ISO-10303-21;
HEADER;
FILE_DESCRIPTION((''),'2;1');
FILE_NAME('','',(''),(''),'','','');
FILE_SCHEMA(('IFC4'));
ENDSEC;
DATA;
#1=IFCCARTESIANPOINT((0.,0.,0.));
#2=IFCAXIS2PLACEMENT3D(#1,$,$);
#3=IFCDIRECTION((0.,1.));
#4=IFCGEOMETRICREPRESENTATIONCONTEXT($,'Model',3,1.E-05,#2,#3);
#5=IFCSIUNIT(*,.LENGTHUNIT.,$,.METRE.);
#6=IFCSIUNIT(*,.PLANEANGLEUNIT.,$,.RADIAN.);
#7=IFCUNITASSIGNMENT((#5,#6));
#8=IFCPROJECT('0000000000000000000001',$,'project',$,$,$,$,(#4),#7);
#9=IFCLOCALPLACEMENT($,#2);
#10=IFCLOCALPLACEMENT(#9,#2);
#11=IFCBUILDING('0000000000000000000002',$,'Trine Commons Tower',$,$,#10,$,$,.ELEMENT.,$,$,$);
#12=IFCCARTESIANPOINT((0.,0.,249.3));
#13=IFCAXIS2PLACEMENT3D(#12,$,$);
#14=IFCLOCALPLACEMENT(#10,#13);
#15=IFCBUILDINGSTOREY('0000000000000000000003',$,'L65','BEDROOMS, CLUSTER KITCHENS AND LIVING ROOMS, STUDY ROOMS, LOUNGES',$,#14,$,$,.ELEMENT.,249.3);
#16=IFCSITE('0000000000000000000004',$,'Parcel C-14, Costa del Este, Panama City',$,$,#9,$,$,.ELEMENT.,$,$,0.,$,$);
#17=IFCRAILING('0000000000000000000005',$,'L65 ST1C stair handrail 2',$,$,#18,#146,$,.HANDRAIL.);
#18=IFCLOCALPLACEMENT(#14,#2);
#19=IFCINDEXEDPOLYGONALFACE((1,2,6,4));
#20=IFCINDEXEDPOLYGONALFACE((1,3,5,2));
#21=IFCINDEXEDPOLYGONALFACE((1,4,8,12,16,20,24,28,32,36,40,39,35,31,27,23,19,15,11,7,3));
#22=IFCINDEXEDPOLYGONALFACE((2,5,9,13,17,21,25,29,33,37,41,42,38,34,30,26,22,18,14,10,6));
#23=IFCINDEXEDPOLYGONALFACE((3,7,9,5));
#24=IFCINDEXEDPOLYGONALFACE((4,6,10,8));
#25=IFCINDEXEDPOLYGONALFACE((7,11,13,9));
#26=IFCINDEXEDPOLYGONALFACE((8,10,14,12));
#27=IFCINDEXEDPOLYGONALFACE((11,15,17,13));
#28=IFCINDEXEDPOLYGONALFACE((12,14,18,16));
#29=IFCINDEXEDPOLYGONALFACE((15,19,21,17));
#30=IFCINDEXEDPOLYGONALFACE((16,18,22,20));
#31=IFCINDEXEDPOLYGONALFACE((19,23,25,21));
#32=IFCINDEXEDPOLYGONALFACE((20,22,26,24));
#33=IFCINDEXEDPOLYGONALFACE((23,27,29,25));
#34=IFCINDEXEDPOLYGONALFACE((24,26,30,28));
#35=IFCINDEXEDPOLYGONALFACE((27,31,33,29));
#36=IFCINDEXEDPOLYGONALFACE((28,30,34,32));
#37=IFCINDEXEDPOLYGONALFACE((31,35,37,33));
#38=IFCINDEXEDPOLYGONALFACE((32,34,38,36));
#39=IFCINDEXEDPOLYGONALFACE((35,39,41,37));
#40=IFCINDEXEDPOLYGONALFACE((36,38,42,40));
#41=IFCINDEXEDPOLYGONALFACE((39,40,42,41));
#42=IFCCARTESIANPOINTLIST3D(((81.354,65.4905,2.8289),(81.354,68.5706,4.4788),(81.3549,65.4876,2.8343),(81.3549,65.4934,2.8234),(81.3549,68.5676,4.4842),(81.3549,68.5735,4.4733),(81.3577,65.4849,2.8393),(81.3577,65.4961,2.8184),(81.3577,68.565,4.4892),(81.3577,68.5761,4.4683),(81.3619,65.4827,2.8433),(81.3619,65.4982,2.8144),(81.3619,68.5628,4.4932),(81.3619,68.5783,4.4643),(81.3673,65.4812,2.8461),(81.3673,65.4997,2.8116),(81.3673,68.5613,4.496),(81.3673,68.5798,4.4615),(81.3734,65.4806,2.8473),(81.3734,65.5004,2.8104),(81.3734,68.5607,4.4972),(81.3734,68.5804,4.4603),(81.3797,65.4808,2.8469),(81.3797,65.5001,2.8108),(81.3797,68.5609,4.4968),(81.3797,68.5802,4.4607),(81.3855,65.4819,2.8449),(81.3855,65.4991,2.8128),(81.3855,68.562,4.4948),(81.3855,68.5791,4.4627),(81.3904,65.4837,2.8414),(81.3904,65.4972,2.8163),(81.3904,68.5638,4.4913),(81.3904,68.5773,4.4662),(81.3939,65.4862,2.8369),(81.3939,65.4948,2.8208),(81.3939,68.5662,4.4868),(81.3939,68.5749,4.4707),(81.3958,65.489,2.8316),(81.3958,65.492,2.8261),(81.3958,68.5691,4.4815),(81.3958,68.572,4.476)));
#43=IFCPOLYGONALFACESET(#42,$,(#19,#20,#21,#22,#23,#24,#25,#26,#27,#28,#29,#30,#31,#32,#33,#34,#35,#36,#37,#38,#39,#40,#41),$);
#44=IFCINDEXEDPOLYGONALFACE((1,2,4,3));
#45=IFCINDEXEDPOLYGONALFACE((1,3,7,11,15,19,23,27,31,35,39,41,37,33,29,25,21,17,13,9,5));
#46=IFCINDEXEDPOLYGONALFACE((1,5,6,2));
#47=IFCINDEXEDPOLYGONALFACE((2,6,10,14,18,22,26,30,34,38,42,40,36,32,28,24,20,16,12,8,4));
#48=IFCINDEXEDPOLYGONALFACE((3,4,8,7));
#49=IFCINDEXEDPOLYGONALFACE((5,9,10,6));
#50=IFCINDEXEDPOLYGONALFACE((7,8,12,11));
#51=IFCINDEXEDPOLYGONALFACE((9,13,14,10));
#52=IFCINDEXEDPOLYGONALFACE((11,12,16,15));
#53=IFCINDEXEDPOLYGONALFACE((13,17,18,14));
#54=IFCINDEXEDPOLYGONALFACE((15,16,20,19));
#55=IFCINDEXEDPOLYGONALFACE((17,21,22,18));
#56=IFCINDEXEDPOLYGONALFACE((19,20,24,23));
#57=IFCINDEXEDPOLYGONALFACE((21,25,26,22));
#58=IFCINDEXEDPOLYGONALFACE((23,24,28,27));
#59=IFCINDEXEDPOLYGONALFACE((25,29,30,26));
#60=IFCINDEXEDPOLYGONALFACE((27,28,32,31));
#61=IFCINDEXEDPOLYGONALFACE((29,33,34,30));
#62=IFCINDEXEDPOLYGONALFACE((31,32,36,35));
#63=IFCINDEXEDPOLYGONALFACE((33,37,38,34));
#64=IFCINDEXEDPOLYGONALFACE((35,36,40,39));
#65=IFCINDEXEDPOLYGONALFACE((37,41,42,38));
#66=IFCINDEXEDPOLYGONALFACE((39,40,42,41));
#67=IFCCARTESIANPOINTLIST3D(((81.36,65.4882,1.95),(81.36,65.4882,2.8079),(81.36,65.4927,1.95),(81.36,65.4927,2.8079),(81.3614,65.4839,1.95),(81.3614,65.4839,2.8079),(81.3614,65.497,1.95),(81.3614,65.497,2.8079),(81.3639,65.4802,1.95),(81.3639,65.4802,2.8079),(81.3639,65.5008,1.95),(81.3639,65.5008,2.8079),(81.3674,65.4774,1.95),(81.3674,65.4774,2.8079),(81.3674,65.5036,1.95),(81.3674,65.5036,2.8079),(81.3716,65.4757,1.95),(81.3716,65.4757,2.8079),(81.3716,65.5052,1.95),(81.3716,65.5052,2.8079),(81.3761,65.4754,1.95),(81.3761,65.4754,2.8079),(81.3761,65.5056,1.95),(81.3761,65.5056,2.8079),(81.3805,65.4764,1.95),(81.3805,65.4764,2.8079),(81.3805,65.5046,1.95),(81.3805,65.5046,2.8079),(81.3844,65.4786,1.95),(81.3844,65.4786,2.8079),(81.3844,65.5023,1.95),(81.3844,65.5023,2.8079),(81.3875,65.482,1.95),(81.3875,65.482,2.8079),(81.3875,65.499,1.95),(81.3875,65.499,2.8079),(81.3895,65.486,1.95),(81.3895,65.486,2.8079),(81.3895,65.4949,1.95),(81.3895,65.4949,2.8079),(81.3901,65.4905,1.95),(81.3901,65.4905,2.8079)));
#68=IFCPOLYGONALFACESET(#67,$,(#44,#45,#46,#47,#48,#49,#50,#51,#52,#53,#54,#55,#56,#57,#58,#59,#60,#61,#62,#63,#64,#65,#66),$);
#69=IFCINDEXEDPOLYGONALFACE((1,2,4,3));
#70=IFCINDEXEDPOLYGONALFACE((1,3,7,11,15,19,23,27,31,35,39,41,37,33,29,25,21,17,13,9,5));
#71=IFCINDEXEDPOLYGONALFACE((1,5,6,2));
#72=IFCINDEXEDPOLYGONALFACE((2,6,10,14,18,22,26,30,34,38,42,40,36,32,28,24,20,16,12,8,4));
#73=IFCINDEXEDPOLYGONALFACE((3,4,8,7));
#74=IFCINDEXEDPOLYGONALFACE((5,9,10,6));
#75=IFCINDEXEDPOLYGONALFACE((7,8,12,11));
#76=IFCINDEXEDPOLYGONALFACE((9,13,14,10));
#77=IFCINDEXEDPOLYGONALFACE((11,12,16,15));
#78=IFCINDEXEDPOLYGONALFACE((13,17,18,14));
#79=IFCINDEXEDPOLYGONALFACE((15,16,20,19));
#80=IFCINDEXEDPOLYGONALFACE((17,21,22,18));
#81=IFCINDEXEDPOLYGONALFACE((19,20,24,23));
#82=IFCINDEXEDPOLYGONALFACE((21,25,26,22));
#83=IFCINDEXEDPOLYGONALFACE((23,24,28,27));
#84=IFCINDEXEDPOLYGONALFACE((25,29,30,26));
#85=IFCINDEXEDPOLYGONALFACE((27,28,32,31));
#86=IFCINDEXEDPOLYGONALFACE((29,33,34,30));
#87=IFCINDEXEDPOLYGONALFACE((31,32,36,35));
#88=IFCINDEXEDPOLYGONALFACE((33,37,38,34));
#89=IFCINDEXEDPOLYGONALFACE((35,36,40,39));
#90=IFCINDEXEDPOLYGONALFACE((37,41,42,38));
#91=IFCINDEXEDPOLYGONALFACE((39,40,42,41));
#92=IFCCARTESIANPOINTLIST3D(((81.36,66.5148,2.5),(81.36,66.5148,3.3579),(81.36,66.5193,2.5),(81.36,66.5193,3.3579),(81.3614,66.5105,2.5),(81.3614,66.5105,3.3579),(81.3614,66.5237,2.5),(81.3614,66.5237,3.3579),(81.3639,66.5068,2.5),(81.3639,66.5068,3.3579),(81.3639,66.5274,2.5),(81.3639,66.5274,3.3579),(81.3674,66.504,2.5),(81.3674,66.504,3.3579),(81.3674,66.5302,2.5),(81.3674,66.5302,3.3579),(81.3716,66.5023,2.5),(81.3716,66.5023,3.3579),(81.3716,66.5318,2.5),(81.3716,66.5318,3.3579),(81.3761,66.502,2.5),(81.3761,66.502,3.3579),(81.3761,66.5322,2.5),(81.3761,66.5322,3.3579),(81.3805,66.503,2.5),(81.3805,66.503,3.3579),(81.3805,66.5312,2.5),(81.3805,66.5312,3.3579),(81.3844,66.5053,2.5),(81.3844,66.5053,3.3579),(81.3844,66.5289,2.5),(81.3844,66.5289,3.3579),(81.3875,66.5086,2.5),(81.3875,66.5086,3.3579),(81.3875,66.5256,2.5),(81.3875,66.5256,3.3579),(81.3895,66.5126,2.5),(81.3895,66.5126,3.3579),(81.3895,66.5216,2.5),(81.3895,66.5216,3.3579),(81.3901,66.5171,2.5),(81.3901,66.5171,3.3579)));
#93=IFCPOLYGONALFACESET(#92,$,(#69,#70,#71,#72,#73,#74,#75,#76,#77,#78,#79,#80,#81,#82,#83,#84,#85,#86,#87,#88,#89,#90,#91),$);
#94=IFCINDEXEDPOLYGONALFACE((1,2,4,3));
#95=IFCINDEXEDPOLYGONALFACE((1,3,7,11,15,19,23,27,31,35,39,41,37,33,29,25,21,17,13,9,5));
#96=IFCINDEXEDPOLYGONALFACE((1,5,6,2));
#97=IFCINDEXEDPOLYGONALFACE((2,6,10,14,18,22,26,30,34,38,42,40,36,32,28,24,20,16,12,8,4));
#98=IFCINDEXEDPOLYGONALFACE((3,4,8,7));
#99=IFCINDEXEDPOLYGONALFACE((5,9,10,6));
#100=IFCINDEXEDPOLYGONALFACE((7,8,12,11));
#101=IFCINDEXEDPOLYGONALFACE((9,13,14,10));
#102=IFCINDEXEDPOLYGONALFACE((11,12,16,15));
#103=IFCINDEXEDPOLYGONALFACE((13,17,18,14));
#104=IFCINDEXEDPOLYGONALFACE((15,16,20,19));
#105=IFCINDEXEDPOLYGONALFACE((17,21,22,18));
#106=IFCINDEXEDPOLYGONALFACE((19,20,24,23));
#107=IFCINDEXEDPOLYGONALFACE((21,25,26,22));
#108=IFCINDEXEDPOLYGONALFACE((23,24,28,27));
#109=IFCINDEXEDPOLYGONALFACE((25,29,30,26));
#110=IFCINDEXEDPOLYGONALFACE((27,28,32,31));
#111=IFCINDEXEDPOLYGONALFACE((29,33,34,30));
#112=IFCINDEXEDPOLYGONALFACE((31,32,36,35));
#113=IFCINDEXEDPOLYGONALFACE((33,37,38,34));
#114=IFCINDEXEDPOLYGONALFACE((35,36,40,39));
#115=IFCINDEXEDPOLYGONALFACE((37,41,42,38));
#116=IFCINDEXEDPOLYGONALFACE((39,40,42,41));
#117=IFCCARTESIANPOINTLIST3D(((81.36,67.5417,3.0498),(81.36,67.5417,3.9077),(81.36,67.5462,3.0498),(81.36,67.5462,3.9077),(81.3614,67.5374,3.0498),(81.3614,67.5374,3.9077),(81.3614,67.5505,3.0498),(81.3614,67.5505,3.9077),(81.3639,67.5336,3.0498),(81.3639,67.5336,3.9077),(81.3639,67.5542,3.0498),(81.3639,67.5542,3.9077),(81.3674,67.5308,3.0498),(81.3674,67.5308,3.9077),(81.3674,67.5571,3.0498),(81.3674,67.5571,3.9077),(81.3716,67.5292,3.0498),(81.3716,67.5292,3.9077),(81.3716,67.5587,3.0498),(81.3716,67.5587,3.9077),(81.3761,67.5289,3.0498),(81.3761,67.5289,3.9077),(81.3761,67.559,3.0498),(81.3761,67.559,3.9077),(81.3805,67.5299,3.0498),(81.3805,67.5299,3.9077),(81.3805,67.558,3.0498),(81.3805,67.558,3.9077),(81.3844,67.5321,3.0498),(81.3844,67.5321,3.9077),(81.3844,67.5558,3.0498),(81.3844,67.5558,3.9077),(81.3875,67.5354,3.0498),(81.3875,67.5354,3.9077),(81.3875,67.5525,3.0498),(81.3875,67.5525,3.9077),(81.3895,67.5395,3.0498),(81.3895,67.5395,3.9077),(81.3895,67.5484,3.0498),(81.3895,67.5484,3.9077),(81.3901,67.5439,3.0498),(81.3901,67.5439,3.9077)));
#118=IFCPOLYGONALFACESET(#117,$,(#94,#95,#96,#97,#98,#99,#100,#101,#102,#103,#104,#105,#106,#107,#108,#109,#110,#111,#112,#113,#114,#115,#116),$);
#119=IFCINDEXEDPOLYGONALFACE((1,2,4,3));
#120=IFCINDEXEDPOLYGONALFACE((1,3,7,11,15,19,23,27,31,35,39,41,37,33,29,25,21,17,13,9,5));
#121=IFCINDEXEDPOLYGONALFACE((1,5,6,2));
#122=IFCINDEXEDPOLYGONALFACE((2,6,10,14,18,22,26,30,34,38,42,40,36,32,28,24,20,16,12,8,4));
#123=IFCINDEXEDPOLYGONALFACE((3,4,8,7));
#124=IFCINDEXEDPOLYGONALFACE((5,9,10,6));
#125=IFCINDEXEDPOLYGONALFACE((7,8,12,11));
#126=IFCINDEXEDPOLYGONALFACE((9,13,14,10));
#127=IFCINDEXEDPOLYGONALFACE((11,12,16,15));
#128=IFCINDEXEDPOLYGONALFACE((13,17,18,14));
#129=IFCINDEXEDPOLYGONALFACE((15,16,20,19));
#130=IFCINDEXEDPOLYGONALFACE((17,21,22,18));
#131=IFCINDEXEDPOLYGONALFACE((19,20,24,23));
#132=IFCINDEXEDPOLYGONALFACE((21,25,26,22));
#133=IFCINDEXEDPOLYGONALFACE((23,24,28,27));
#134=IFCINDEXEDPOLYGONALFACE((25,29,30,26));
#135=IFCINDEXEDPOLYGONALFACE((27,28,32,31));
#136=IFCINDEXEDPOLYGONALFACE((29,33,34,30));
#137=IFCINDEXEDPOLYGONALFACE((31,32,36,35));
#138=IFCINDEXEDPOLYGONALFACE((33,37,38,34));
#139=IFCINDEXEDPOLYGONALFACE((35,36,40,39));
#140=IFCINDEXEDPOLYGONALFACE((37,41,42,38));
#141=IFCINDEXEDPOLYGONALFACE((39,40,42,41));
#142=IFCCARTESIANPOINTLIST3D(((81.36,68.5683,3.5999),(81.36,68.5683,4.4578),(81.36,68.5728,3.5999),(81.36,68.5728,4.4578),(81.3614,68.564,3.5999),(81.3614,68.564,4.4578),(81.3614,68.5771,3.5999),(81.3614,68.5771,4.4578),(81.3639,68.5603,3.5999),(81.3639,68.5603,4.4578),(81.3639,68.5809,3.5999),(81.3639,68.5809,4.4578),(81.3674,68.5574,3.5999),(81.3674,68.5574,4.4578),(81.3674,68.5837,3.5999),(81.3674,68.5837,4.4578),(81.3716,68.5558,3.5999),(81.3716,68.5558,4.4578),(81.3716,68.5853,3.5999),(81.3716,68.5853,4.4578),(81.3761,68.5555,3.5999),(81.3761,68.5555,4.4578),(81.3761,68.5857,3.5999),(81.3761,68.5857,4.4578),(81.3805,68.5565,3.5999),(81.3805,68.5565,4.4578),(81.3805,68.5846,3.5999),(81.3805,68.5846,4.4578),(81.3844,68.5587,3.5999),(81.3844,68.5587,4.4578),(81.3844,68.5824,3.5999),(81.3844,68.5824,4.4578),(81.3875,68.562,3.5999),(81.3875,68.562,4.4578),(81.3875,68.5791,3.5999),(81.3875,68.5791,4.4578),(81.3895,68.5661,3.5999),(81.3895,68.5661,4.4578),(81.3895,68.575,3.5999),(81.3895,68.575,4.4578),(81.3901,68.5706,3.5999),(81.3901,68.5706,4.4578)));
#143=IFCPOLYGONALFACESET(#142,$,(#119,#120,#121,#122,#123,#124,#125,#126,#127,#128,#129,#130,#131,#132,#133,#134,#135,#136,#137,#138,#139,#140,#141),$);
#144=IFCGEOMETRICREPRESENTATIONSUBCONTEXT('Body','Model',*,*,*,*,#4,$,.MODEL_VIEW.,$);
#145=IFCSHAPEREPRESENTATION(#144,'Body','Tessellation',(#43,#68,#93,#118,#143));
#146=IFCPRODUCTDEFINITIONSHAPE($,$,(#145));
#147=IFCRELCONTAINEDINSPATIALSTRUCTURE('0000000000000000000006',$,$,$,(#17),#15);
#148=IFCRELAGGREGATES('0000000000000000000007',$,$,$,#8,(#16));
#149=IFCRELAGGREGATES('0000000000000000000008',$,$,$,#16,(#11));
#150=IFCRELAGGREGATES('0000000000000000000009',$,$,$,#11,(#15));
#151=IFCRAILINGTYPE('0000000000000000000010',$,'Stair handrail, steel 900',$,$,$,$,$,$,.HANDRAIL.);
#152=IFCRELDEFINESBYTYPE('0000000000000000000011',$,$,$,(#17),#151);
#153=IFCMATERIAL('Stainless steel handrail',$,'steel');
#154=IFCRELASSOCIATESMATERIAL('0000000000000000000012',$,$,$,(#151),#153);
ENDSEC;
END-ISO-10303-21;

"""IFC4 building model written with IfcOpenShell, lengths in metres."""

from ifc_helpers import new_model, si_unit, direction, frame, origin, origin_2d, place, context, subcontext, project, spatial, circle, extrude, material, type_object, element, save


model = new_model("IFC4")

# Units and contexts
model_context = context("Model", 3, precision=1e-05, world=origin(), true_north=direction((0.0, 1.0)))
body_context = subcontext(model_context, "Body", "Model", "MODEL_VIEW")
ifc_project = project(units=[si_unit("LENGTHUNIT", "METRE"), si_unit("PLANEANGLEUNIT", "RADIAN")], contexts=[model_context])

# Site, building, storey
site_placement = place(None, origin())
site = spatial("IfcSite", under=ifc_project, at=site_placement, Name="Parcel C-14, Costa del Este, Panama City", CompositionType="ELEMENT", RefElevation=0.0)
building_placement = place(site_placement, origin())
building = spatial("IfcBuilding", under=site, at=building_placement, Name="Trine Commons Tower", CompositionType="ELEMENT")
storey_placement = place(building_placement, frame((0.0, 0.0, 249.3)))
storey = spatial("IfcBuildingStorey", under=building, at=storey_placement, Name="L65", Description="BEDROOMS, CLUSTER KITCHENS AND LIVING ROOMS, STUDY ROOMS, LOUNGES", CompositionType="ELEMENT", Elevation=249.3)

# Railing
ifc_material_1 = material(Name="Stainless steel handrail", Category="steel")
railing_type_1 = type_object("IfcRailingType", Name="Stair handrail, steel 900", PredefinedType="HANDRAIL", material=ifc_material_1)
railing_1_placement = place(storey_placement, frame((81.375, 65.4905, 1.95)))
element("IfcRailing", 1, at=railing_1_placement, inside=storey, type_object=railing_type_1, Name="L65 ST1C stair handrail 2", PredefinedType="HANDRAIL", context=body_context, shape_type="SweptSolid", body=[
    extrude(circle(Radius=0.021, at=origin_2d()), frame((0.0, 0.0, 0.8789), z_axis=(0.0, 0.881497, 0.47219), x_axis=(-1.0, 0.0, 0.0)), (0.0, 0.0, 1.0), 3.4941),
    extrude(circle(Radius=0.0151, at=origin_2d()), origin(), (0.0, 0.0, 1.0), 0.8579),
    extrude(circle(Radius=0.0151, at=origin_2d()), frame((0.0, 1.0266, 0.55)), (0.0, 0.0, 1.0), 0.8579),
    extrude(circle(Radius=0.0151, at=origin_2d()), frame((0.0, 2.0535, 1.0999)), (0.0, 0.0, 1.0), 0.8579),
    extrude(circle(Radius=0.0151, at=origin_2d()), frame((0.0, 3.0801, 1.6499)), (0.0, 0.0, 1.0), 0.8579),
])

save(model, "model.ifc")
